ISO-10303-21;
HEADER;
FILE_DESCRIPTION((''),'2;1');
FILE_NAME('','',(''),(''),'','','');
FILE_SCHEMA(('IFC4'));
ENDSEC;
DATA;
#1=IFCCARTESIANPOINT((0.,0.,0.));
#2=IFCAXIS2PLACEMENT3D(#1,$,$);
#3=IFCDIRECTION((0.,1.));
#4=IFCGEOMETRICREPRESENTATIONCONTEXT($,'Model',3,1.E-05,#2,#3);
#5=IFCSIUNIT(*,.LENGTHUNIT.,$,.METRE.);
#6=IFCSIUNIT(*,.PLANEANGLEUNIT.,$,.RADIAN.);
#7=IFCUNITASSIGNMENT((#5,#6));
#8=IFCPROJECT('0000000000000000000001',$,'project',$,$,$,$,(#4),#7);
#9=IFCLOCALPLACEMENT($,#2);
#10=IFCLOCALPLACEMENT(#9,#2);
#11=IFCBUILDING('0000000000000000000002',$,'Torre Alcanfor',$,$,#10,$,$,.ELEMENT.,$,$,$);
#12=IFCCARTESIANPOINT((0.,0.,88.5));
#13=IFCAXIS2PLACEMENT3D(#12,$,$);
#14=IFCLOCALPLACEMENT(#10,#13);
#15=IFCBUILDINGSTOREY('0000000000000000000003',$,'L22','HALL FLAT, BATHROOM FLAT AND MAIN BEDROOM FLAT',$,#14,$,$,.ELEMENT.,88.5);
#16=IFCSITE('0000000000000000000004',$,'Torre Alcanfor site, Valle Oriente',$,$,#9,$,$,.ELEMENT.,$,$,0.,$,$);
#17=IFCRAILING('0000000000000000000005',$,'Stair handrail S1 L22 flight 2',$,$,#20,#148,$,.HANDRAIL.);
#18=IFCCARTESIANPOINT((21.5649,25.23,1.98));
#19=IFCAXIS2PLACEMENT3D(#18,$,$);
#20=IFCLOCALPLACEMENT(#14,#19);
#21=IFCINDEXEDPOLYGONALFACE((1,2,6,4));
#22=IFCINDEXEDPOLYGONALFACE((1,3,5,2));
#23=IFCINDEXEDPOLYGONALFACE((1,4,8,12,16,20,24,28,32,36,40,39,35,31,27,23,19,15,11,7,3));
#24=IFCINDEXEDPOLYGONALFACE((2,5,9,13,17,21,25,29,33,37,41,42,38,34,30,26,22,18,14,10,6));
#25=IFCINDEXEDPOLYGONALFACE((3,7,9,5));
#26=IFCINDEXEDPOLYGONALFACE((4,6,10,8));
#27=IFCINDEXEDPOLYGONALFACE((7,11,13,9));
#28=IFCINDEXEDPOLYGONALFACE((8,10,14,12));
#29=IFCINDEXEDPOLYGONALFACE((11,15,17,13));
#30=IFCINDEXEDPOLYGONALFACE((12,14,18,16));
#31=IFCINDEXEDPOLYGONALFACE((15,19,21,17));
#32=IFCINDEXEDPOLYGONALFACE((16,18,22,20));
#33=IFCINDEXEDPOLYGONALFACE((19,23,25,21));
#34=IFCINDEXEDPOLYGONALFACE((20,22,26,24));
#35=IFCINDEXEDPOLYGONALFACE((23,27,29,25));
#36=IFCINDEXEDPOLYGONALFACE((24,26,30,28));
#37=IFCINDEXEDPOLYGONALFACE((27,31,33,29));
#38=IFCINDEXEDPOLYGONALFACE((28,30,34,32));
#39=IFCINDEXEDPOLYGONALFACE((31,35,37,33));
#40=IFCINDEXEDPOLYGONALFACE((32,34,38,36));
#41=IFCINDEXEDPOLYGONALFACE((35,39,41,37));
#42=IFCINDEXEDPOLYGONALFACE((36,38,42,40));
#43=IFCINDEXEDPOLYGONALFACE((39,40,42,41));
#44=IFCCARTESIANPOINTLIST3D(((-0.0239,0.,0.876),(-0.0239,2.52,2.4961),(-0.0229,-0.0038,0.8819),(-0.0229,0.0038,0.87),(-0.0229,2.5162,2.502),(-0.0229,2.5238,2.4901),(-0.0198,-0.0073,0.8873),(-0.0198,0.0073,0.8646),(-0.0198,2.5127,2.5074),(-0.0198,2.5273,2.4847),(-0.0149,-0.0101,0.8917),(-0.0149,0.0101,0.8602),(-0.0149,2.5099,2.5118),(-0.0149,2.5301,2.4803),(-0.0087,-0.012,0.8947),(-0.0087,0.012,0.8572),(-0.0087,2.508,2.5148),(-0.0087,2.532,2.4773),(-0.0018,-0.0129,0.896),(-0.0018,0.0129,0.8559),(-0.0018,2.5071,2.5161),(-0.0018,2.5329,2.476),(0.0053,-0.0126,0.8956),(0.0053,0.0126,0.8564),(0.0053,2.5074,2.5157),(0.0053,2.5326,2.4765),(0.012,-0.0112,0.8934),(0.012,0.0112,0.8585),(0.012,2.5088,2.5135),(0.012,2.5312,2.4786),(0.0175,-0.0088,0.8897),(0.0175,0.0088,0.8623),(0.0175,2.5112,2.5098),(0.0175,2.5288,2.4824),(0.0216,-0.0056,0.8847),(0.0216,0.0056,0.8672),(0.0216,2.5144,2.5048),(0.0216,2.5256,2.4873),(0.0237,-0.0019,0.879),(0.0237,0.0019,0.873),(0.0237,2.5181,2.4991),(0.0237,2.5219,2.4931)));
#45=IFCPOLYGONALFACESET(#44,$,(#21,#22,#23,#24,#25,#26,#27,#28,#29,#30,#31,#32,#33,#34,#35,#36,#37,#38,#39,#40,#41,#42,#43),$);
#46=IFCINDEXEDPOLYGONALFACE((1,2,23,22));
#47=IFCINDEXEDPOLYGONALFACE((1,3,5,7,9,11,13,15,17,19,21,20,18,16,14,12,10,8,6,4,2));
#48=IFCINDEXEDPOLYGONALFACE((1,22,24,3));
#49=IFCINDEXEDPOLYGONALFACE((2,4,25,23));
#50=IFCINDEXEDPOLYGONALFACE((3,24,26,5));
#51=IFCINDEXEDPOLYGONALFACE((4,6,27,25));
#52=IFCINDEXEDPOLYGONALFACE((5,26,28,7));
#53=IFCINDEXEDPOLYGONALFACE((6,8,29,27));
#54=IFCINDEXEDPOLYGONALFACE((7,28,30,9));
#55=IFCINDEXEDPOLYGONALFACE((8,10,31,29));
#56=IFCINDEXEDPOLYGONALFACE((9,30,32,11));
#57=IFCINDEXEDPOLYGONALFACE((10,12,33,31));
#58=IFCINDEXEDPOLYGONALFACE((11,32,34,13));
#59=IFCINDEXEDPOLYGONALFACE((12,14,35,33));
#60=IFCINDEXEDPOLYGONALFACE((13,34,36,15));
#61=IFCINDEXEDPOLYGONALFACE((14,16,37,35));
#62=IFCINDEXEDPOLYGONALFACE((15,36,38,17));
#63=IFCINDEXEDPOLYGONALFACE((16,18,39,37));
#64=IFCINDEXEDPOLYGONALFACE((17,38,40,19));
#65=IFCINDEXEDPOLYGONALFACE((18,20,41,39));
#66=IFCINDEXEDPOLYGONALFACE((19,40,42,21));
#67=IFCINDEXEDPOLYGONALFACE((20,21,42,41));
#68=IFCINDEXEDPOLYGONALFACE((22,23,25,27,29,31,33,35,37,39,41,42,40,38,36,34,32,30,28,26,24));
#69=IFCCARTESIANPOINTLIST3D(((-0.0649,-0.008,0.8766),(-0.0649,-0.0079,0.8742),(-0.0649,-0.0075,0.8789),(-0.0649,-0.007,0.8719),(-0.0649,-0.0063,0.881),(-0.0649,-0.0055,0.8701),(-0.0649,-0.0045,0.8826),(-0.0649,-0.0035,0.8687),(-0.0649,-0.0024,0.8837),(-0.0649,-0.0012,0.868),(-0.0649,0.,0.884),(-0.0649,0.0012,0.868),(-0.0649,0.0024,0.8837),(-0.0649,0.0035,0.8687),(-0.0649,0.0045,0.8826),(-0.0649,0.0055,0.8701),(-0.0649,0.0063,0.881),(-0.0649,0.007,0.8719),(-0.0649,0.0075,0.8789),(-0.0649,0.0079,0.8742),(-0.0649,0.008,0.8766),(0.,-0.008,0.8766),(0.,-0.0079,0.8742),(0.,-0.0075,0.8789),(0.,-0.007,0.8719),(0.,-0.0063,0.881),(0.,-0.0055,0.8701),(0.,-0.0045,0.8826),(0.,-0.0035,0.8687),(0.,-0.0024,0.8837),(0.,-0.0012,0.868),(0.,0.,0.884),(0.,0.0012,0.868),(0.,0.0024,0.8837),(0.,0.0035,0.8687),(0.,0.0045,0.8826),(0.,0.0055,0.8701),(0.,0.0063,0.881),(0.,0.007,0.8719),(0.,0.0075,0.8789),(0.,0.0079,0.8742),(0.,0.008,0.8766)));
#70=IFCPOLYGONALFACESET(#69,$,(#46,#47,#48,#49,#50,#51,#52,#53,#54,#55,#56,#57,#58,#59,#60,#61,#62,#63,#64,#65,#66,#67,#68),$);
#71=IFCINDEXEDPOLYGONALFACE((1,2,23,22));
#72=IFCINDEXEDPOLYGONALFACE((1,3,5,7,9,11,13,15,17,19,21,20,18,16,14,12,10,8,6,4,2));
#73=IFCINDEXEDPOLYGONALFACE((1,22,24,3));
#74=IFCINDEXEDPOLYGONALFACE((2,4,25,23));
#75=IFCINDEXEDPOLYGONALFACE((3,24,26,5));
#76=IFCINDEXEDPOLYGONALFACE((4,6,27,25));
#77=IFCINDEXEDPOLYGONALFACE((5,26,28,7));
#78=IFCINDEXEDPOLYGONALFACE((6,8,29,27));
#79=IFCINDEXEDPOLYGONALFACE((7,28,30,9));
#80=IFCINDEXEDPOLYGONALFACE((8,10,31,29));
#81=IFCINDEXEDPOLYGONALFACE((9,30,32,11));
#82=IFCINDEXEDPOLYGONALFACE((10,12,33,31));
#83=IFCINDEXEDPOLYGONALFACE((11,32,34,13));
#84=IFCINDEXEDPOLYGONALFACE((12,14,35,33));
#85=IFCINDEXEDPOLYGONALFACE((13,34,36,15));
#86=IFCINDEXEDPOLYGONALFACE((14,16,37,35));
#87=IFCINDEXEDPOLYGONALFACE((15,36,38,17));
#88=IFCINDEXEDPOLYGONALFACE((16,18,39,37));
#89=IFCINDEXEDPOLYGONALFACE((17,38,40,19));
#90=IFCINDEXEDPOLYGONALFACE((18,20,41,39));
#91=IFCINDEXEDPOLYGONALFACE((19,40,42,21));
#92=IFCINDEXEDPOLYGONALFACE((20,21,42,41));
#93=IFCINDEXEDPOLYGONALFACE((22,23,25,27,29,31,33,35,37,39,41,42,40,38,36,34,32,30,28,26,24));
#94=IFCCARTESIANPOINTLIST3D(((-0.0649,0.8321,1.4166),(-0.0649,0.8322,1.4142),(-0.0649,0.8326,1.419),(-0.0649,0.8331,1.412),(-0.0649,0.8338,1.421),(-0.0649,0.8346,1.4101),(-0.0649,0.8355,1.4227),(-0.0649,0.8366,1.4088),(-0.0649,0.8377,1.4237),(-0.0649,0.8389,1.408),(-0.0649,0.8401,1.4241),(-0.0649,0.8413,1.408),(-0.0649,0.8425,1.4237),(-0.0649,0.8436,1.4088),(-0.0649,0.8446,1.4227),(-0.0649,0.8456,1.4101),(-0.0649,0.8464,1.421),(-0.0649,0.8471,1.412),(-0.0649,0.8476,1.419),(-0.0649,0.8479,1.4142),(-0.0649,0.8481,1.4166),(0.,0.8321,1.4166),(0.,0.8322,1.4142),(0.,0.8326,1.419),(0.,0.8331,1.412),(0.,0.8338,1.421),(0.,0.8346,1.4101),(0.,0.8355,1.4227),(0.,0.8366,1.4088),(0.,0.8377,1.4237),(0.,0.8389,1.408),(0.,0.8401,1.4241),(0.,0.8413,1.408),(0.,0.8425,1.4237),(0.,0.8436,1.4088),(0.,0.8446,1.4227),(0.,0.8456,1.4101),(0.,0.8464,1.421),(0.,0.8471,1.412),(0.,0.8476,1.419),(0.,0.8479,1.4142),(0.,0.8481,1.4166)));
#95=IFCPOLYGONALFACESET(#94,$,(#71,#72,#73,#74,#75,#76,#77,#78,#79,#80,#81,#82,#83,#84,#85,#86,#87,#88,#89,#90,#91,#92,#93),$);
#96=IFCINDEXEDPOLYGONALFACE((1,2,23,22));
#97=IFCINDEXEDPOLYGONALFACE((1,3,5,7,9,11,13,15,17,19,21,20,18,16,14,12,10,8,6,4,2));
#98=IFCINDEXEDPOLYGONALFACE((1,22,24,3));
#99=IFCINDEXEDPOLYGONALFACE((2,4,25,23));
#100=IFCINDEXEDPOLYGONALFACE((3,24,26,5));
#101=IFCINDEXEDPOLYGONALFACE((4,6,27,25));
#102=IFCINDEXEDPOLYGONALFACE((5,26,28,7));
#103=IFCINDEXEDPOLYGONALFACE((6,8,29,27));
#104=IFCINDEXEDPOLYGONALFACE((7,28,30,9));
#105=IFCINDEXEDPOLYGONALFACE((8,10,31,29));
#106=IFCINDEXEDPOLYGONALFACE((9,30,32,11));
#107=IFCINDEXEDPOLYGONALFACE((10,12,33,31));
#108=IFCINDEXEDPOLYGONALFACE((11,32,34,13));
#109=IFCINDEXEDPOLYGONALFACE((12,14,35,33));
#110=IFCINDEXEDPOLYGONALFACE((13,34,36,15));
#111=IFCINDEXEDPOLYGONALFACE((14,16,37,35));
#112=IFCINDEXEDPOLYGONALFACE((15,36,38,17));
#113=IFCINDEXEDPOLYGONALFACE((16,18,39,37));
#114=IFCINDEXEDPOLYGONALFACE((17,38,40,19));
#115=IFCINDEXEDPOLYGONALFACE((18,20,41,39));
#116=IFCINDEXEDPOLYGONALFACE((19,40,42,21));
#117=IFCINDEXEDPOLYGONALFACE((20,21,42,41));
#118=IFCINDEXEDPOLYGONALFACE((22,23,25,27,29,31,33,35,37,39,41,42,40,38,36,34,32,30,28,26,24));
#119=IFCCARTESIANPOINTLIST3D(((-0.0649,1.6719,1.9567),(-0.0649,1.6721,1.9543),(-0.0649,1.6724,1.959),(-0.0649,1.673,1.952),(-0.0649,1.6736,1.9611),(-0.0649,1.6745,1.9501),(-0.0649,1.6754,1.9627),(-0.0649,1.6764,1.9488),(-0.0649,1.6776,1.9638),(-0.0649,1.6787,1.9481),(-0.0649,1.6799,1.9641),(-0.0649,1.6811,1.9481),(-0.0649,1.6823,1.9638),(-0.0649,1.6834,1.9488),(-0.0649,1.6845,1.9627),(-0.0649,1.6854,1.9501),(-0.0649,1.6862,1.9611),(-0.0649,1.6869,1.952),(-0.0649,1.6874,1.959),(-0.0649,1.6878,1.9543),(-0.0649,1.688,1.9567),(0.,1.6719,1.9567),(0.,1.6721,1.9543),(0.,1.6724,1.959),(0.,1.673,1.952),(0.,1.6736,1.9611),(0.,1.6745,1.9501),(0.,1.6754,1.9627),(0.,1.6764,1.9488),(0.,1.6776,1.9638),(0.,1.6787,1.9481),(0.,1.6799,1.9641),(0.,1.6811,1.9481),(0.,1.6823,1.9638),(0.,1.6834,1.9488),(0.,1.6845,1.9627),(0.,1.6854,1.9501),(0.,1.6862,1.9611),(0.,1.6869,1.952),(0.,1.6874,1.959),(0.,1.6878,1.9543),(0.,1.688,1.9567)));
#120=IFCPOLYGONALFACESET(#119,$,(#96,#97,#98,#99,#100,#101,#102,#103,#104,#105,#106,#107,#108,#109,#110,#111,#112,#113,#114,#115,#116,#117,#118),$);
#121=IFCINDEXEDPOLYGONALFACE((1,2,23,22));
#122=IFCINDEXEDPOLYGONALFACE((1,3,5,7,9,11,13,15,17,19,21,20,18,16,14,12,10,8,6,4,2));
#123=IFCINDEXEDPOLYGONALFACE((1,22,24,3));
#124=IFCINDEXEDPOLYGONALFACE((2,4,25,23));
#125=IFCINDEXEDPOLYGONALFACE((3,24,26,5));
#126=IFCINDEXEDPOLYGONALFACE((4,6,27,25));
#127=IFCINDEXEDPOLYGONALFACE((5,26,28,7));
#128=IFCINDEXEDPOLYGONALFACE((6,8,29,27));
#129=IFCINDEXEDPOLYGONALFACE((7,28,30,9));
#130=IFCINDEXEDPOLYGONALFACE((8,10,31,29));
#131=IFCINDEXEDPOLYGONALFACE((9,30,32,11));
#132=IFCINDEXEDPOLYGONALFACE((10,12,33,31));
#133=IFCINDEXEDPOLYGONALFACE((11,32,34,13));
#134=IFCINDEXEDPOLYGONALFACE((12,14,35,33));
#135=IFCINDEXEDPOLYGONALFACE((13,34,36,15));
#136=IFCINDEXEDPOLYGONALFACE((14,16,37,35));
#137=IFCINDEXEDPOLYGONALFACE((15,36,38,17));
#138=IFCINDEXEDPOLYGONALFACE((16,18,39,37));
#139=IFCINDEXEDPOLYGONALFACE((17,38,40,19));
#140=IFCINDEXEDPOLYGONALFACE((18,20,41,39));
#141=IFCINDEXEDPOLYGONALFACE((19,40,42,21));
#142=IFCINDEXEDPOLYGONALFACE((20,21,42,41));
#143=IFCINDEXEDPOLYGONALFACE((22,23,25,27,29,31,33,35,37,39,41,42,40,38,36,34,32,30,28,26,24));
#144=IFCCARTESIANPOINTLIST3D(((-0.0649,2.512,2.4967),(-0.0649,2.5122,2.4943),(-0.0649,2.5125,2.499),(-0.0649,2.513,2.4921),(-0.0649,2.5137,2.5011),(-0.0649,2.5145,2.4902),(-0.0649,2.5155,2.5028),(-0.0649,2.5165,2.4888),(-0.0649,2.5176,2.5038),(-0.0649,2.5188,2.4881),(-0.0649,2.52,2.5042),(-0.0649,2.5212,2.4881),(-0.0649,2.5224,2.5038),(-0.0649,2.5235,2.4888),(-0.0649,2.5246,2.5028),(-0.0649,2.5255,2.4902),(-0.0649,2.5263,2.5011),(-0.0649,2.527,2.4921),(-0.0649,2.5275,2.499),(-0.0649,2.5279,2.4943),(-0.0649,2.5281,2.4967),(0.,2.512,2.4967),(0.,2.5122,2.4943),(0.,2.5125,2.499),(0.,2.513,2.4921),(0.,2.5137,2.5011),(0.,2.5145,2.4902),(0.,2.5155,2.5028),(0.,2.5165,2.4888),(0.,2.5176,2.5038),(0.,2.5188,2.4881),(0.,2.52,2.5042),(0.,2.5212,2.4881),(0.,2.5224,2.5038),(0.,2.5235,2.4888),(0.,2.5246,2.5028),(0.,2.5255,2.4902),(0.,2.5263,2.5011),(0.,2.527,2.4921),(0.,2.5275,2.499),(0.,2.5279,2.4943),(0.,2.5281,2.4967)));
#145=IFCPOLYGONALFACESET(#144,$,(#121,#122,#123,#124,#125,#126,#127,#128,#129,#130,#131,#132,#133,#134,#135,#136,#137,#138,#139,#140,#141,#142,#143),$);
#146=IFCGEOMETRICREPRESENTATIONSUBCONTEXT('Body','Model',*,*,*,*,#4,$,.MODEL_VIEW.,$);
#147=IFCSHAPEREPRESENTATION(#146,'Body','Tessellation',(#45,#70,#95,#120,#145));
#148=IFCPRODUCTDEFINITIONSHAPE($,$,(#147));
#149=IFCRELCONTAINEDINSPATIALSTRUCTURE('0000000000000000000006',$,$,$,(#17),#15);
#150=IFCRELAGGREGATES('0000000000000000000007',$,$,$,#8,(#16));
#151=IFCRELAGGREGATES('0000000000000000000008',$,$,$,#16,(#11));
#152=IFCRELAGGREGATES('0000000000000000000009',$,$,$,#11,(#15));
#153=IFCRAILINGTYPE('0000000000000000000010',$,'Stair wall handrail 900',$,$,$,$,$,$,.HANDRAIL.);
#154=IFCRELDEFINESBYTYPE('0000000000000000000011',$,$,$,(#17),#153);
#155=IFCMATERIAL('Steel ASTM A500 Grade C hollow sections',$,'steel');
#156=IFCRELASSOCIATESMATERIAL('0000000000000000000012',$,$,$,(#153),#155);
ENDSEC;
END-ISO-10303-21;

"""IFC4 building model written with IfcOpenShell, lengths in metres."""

from ifc_helpers import new_model, si_unit, direction, frame, origin, origin_2d, place, context, subcontext, project, spatial, circle, extrude, material, type_object, element, save


model = new_model("IFC4")

# Units and contexts
model_context = context("Model", 3, precision=1e-05, world=origin(), true_north=direction((0.0, 1.0)))
body_context = subcontext(model_context, "Body", "Model", "MODEL_VIEW")
ifc_project = project(units=[si_unit("LENGTHUNIT", "METRE"), si_unit("PLANEANGLEUNIT", "RADIAN")], contexts=[model_context])

# Site, building, storey
site_placement = place(None, origin())
site = spatial("IfcSite", under=ifc_project, at=site_placement, Name="Torre Alcanfor site, Valle Oriente", CompositionType="ELEMENT", RefElevation=0.0)
building_placement = place(site_placement, origin())
building = spatial("IfcBuilding", under=site, at=building_placement, Name="Torre Alcanfor", CompositionType="ELEMENT")
storey_placement = place(building_placement, frame((0.0, 0.0, 88.5)))
storey = spatial("IfcBuildingStorey", under=building, at=storey_placement, Name="L22", Description="HALL FLAT, BATHROOM FLAT AND MAIN BEDROOM FLAT", CompositionType="ELEMENT", Elevation=88.5)

# Railing
ifc_material_1 = material(Name="Steel ASTM A500 Grade C hollow sections", Category="steel")
railing_type_1 = type_object("IfcRailingType", Name="Stair wall handrail 900", PredefinedType="HANDRAIL", material=ifc_material_1)
railing_1_placement = place(storey_placement, frame((21.5649, 25.23, 1.98)))
element("IfcRailing", 1, at=railing_1_placement, inside=storey, type_object=railing_type_1, Name="Stair handrail S1 L22 flight 2", PredefinedType="HANDRAIL", context=body_context, shape_type="SweptSolid", body=[
    extrude(circle(Radius=0.0239, at=origin_2d()), frame((0.0, 0.0, 0.876), z_axis=(0.0, 0.841163, 0.540782), x_axis=(-1.0, 0.0, 0.0)), (0.0, 0.0, 1.0), 2.9958),
    extrude(circle(Radius=0.0081, at=origin_2d()), frame((0.0, 0.0, 0.876), z_axis=(-1.0, 0.0, 0.0), x_axis=(0.0, 0.0, 1.0)), (0.0, 0.0, 1.0), 0.0649),
    extrude(circle(Radius=0.0081, at=origin_2d()), frame((0.0, 0.8401, 1.416), z_axis=(-1.0, 0.0, 0.0), x_axis=(0.0, 0.0, 1.0)), (0.0, 0.0, 1.0), 0.0649),
    extrude(circle(Radius=0.0081, at=origin_2d()), frame((0.0, 1.6799, 1.9561), z_axis=(-1.0, 0.0, 0.0), x_axis=(0.0, 0.0, 1.0)), (0.0, 0.0, 1.0), 0.0649),
    extrude(circle(Radius=0.0081, at=origin_2d()), frame((0.0, 2.52, 2.4961), z_axis=(-1.0, 0.0, 0.0), x_axis=(0.0, 0.0, 1.0)), (0.0, 0.0, 1.0), 0.0649),
])

save(model, "model.ifc")
